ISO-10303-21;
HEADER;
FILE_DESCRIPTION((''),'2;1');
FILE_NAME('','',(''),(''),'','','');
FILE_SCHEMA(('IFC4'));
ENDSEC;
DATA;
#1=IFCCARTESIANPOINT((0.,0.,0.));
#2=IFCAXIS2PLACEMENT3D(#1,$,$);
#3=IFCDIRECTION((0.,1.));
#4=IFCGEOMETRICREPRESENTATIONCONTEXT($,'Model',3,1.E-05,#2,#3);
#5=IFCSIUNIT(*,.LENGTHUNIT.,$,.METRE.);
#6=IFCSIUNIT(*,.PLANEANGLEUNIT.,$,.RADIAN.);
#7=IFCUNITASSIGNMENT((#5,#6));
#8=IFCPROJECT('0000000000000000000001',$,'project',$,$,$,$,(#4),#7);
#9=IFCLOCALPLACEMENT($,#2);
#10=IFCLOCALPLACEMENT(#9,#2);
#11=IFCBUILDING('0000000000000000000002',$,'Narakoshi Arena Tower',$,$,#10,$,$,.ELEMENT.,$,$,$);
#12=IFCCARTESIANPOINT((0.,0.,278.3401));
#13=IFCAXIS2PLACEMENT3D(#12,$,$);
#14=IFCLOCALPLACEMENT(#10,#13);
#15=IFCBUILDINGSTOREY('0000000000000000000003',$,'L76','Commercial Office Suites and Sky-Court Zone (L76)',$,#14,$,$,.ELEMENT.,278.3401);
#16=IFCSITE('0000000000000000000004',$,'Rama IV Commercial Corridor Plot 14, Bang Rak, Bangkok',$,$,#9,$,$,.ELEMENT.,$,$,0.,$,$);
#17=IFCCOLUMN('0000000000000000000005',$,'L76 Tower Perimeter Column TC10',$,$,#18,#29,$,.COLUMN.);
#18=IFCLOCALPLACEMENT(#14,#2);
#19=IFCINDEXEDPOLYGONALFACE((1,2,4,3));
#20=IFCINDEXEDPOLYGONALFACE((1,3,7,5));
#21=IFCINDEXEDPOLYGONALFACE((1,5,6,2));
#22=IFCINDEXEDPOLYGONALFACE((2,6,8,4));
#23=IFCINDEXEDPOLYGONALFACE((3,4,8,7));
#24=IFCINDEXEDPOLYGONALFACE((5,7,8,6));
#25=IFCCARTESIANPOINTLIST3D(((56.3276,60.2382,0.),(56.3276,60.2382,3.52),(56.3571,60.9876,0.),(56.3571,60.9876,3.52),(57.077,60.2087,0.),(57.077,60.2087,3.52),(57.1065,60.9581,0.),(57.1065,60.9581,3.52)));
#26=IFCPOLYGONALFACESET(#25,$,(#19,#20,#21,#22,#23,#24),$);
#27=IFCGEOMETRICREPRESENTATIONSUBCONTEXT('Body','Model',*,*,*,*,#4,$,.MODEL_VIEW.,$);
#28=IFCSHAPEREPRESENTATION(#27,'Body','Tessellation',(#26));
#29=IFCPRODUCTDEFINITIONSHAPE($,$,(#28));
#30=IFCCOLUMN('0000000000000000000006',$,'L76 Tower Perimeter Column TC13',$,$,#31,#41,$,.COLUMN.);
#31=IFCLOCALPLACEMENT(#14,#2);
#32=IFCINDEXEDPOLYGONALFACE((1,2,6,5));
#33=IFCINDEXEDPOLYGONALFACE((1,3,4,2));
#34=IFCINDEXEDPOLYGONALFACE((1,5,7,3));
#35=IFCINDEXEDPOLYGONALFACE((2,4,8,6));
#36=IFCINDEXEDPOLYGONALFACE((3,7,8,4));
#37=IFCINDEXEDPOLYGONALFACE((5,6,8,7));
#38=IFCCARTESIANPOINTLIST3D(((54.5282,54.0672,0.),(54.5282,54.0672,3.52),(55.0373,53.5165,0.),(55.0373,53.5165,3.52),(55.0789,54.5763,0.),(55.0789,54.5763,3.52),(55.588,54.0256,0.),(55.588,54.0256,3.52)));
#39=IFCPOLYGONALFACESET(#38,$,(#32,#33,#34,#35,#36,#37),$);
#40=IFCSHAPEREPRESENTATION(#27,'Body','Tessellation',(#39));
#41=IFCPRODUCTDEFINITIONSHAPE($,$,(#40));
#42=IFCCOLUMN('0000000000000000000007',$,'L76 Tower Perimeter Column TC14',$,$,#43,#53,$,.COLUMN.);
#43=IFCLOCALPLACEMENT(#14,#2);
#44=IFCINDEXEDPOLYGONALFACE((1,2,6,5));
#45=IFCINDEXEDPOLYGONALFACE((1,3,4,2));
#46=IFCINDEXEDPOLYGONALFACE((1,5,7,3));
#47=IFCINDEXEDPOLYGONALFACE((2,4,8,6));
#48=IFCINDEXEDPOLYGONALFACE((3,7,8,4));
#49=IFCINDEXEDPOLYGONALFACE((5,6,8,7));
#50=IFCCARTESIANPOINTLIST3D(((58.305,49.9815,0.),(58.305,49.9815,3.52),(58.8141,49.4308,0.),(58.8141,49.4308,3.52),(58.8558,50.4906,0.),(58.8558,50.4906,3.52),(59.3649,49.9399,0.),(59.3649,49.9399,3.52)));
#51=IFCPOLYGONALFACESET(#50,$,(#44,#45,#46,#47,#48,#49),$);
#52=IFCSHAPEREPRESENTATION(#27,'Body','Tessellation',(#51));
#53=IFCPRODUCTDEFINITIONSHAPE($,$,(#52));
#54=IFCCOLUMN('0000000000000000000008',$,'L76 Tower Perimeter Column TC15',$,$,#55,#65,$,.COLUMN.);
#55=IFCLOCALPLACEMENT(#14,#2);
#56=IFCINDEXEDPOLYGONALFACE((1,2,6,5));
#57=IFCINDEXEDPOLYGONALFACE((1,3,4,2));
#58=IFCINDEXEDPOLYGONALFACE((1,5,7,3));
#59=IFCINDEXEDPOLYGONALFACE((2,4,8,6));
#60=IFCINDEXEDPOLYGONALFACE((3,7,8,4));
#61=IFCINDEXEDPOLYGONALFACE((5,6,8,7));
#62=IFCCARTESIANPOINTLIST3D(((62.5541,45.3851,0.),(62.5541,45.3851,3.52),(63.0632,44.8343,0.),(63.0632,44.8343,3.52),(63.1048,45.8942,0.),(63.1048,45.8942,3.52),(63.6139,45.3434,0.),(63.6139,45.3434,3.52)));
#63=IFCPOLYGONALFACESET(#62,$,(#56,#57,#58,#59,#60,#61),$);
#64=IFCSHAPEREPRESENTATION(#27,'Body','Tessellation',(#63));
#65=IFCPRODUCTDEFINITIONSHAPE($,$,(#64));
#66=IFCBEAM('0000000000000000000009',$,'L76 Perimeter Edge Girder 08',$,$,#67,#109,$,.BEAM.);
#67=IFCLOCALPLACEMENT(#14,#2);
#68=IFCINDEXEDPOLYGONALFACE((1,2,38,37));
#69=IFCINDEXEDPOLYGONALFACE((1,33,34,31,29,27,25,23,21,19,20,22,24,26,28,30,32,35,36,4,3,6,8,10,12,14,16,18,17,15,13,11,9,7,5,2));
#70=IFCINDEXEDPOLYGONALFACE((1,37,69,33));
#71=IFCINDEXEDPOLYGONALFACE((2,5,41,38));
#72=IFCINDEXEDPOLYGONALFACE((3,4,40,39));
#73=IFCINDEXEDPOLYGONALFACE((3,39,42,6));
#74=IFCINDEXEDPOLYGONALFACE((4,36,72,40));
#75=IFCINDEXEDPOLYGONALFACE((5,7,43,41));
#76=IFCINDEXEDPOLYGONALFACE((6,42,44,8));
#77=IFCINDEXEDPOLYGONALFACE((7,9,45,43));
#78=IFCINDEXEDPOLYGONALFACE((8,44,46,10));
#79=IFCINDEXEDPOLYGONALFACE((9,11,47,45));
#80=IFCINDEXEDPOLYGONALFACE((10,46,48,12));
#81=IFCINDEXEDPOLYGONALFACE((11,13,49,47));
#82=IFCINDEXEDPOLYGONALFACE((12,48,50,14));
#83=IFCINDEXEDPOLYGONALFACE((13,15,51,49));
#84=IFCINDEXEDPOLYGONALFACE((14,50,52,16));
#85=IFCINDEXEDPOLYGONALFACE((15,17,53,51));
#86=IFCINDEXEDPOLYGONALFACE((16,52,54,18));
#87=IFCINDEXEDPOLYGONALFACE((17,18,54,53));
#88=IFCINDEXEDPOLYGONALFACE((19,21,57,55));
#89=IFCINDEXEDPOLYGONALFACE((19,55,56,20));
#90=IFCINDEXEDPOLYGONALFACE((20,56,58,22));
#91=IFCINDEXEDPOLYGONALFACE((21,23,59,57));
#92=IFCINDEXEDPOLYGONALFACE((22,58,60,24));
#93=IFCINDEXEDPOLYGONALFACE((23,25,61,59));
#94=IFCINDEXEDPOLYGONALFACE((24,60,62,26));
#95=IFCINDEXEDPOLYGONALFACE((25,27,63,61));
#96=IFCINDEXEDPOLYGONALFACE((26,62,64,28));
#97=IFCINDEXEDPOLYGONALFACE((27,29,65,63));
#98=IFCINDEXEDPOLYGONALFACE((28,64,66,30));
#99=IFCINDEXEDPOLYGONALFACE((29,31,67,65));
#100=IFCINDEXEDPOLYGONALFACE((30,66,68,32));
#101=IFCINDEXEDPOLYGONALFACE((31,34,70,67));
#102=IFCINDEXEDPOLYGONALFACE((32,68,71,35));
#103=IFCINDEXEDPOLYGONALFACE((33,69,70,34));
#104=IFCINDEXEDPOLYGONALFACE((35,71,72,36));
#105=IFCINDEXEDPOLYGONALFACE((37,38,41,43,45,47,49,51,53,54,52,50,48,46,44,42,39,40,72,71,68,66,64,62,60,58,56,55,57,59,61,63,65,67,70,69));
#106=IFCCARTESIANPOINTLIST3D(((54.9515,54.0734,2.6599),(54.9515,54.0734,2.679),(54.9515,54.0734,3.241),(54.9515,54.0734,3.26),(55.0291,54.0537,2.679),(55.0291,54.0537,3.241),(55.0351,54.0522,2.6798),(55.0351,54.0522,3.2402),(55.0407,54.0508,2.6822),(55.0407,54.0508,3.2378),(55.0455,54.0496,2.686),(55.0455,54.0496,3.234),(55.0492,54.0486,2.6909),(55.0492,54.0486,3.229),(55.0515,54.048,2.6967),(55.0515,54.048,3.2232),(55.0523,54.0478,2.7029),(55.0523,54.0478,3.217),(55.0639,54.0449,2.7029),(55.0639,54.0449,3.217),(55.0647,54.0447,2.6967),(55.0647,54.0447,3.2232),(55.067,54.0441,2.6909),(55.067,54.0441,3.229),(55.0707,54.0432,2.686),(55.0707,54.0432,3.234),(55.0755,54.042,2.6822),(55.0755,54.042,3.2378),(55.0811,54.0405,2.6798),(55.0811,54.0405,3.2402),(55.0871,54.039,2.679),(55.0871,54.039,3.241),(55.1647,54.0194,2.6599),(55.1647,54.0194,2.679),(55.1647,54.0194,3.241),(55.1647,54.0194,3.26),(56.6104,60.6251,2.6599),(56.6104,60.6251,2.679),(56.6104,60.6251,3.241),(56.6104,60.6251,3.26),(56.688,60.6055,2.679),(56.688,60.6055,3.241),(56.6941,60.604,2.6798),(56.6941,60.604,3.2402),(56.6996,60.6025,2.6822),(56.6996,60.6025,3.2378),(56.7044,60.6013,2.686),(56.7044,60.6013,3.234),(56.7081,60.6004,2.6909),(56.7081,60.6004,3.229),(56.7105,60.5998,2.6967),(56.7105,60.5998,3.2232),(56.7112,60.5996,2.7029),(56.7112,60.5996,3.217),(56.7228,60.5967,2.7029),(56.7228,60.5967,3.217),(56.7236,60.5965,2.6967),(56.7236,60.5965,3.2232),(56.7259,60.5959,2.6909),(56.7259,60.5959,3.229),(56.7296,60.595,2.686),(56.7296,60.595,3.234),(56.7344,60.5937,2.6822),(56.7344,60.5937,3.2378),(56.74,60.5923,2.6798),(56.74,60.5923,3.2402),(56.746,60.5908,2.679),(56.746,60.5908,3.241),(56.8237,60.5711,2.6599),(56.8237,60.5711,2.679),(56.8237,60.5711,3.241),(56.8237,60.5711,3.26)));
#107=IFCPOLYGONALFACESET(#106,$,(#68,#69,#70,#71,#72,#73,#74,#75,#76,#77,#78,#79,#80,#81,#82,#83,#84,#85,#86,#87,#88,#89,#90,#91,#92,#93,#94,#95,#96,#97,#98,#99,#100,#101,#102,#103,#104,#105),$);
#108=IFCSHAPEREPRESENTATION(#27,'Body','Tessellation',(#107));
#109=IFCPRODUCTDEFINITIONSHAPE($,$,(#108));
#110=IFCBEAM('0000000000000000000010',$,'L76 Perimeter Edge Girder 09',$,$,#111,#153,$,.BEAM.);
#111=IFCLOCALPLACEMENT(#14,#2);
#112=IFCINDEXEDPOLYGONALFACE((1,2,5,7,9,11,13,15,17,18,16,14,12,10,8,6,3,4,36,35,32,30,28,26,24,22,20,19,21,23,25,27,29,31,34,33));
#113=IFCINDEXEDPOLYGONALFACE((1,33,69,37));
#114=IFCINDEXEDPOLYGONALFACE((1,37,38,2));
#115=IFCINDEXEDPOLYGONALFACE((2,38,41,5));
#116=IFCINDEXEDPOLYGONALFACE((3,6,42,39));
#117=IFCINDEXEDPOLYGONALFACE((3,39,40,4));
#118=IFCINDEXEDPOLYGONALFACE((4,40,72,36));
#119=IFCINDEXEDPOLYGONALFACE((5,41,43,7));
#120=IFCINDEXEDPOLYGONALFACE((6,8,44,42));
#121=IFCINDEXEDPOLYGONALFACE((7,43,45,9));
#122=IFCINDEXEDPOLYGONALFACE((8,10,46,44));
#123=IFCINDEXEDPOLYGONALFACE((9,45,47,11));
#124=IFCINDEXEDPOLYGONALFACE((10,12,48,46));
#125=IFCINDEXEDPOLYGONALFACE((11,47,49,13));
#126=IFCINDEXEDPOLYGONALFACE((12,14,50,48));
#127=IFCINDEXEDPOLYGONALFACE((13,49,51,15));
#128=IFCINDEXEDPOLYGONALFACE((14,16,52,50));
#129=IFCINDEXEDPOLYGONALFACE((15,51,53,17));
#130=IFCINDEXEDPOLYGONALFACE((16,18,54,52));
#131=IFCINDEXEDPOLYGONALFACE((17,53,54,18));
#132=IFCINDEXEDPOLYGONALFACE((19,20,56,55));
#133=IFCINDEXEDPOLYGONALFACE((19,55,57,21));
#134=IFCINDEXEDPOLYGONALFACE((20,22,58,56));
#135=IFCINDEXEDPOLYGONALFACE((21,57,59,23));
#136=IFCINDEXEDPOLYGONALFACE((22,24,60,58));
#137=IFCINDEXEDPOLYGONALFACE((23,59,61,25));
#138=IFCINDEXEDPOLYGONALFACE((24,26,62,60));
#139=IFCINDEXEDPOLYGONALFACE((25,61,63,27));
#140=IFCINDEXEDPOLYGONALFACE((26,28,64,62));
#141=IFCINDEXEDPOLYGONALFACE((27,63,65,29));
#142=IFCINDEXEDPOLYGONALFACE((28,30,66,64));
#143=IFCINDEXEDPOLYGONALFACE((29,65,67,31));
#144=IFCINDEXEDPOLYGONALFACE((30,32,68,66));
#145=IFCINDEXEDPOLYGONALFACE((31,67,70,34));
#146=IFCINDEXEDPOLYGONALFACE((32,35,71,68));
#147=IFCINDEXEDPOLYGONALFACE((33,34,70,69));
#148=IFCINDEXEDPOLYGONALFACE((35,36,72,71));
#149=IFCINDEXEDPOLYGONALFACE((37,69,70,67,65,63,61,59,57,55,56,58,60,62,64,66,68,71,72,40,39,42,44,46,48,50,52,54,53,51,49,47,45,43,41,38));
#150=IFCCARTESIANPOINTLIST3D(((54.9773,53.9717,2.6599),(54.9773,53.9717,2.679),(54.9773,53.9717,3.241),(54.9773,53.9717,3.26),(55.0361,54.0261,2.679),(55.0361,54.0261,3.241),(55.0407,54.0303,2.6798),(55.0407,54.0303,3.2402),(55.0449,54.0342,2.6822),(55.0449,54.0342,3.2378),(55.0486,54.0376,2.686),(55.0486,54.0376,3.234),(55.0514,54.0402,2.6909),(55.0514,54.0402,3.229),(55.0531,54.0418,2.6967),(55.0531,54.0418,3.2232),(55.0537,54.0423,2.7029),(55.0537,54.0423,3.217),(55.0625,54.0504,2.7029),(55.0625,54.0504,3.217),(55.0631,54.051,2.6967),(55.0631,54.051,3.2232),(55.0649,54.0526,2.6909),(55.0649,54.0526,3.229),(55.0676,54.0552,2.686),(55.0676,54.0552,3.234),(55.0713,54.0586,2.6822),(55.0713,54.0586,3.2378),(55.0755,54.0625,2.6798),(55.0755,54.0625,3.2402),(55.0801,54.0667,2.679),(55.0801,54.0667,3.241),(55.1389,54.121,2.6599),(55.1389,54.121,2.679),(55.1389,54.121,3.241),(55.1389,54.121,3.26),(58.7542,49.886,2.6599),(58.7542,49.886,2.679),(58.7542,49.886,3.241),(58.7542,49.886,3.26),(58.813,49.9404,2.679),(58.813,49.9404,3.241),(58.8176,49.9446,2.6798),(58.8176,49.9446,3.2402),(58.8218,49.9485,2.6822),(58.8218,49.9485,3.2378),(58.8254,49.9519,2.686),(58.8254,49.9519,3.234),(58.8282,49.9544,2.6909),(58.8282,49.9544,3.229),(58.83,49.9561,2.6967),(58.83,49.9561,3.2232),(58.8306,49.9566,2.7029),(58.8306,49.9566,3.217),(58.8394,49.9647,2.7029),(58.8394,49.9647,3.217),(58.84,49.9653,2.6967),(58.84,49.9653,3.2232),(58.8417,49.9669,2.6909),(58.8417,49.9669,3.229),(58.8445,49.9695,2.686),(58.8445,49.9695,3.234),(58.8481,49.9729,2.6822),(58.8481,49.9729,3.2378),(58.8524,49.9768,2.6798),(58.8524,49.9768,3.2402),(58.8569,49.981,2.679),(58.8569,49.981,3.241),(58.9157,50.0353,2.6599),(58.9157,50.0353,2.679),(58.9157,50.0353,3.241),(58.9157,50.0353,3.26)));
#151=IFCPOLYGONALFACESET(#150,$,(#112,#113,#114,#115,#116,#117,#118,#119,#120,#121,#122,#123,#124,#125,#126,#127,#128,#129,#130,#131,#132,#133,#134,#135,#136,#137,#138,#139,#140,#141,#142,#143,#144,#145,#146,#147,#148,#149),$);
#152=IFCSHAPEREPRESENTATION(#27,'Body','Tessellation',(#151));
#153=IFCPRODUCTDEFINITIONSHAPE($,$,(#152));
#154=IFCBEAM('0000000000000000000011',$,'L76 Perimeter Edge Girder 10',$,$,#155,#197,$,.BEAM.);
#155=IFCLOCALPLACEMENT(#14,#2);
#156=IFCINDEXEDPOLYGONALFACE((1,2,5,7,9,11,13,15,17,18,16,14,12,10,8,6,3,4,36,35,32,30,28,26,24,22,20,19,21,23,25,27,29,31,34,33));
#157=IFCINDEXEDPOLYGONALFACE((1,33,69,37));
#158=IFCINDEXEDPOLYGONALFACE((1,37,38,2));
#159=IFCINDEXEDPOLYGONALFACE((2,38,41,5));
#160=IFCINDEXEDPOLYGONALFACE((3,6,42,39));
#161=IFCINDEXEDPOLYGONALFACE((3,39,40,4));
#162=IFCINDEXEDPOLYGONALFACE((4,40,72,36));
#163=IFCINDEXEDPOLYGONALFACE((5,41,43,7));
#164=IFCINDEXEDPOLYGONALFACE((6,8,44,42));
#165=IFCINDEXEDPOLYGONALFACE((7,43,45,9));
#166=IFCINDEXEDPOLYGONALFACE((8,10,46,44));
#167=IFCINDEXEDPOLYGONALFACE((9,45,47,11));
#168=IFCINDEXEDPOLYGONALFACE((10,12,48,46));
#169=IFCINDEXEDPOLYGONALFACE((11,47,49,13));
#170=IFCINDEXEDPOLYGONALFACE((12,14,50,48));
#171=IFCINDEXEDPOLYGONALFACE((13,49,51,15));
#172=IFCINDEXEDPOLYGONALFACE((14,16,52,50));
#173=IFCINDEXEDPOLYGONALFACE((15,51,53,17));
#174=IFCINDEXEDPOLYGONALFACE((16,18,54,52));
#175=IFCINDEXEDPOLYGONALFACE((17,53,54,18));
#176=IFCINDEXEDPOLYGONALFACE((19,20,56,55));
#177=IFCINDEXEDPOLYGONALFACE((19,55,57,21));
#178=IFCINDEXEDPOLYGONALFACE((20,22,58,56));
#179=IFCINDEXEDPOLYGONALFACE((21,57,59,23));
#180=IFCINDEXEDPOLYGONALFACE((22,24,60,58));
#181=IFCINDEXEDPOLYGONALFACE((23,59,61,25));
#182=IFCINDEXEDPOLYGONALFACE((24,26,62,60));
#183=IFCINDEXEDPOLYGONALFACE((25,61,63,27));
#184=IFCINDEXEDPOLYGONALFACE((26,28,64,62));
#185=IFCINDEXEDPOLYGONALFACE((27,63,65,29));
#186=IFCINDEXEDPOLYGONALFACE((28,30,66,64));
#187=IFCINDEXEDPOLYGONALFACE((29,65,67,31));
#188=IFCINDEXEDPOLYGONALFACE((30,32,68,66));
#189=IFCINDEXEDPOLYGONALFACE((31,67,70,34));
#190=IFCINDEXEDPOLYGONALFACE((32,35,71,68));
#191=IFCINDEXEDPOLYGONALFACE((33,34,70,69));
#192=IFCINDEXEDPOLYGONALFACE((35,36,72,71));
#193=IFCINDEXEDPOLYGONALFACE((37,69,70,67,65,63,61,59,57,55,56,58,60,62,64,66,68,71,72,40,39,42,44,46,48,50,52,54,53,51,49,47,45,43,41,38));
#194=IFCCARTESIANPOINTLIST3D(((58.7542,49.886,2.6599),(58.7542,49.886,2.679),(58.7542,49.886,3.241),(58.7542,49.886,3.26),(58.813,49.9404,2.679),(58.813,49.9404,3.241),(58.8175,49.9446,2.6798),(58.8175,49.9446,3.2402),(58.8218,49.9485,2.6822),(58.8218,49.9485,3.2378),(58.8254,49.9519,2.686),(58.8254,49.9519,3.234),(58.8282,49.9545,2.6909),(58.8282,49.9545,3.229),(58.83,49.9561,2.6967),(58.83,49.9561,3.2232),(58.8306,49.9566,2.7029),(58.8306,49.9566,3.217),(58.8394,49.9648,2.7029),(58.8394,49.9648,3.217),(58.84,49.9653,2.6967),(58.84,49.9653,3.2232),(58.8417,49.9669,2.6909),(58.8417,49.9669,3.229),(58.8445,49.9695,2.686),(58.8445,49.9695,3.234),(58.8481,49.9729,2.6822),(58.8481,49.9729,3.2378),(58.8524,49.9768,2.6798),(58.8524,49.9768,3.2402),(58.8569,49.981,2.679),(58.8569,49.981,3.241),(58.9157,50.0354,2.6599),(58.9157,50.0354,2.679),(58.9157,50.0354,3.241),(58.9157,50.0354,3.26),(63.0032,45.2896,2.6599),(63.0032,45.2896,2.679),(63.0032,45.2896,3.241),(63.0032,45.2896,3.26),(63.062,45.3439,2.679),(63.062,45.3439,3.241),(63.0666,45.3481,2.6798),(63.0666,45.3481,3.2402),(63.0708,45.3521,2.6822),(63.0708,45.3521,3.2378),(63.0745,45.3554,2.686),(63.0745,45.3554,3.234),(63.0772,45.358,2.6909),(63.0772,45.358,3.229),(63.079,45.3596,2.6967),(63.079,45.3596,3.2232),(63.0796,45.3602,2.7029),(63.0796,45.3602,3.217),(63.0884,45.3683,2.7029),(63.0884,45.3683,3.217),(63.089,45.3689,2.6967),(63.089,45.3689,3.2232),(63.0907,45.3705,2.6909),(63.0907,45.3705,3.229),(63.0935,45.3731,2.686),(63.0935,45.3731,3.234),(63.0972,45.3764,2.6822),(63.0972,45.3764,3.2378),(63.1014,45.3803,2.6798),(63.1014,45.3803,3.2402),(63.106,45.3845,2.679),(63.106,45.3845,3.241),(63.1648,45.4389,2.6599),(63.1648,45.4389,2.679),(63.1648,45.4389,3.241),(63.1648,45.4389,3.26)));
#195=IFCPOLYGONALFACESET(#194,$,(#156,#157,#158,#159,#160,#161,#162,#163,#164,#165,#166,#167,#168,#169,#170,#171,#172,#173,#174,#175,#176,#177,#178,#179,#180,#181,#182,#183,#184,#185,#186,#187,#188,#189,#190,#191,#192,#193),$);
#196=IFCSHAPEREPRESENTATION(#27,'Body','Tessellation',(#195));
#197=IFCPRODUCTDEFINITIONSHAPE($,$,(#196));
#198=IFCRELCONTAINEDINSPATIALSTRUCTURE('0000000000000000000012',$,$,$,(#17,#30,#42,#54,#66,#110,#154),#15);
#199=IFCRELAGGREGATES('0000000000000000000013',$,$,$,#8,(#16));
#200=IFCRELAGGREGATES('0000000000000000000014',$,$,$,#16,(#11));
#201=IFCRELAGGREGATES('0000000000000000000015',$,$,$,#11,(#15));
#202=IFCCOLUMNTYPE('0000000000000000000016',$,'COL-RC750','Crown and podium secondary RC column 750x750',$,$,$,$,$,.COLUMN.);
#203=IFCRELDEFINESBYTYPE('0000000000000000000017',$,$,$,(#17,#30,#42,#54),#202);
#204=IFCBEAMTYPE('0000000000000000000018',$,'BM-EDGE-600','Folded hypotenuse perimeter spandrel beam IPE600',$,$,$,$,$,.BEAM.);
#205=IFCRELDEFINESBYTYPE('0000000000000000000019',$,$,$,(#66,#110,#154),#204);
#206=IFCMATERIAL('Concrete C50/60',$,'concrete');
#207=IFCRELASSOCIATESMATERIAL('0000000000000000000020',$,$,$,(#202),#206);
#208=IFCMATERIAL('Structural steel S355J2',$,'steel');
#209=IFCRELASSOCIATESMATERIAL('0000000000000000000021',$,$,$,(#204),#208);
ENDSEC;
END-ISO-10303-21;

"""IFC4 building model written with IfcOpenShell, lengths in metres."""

from ifc_helpers import new_model, si_unit, direction, frame, origin, origin_2d, place, context, subcontext, project, spatial, rectangle, i_section, extrude, material, material_profile, profile_set, type_object, element, save


model = new_model("IFC4")

# Units and contexts
model_context = context("Model", 3, precision=1e-05, world=origin(), true_north=direction((0.0, 1.0)))
body_context = subcontext(model_context, "Body", "Model", "MODEL_VIEW")
ifc_project = project(units=[si_unit("LENGTHUNIT", "METRE"), si_unit("PLANEANGLEUNIT", "RADIAN")], contexts=[model_context])

# Site, building, storey
site_placement = place(None, origin())
site = spatial("IfcSite", under=ifc_project, at=site_placement, Name="Rama IV Commercial Corridor Plot 14, Bang Rak, Bangkok", CompositionType="ELEMENT", RefElevation=0.0)
building_placement = place(site_placement, origin())
building = spatial("IfcBuilding", under=site, at=building_placement, Name="Narakoshi Arena Tower", CompositionType="ELEMENT")
storey_placement = place(building_placement, frame((0.0, 0.0, 278.3401)))
storey = spatial("IfcBuildingStorey", under=building, at=storey_placement, Name="L76", Description="Commercial Office Suites and Sky-Court Zone (L76)", CompositionType="ELEMENT", Elevation=278.3401)

# Columns
ifc_material_1 = material(Name="Concrete C50/60", Category="concrete")
ifc_material_profile_1 = material_profile(ifc_material_1, rectangle(XDim=0.75, YDim=0.75, at=origin_2d()), Name="RC750x750")
ifc_profile_set_1 = profile_set([ifc_material_profile_1], Name="Concrete C50/60")
column_type = type_object("IfcColumnType", Name="COL-RC750", Description="Crown and podium secondary RC column 750x750", PredefinedType="COLUMN", material=ifc_profile_set_1)
for number, where, z_axis, x_axis, name in (
    (1, (56.717, 60.5981, 0.0), (0.0, 0.0, 1.0), (0.03926, 0.999229, 0.0), "L76 Tower Perimeter Column TC10"),
    (2, (55.0581, 54.0464, 0.0), (0.0, 0.0, 1.0), (-0.678801, 0.734323, 0.0), "L76 Tower Perimeter Column TC13"),
    (3, (58.835, 49.9607, 0.0), (0.0, 0.0, 1.0), (-0.678801, 0.734323, 0.0), "L76 Tower Perimeter Column TC14"),
    (4, (63.084, 45.3643, 0.0), (0.0, 0.0, 1.0), (-0.678801, 0.734323, 0.0), "L76 Tower Perimeter Column TC15"),
):
    element("IfcColumn", number, at=place(storey_placement, frame(where, z_axis=z_axis, x_axis=x_axis)), inside=storey, type_object=column_type, Name=name, PredefinedType="COLUMN", context=body_context, shape_type="SweptSolid", body=[
        extrude(rectangle(XDim=0.75, YDim=0.75, at=origin_2d()), origin(), (0.0, 0.0, 1.0), 3.52),
    ])

# Beams
ifc_material_2 = material(Name="Structural steel S355J2", Category="steel")
ifc_material_profile_2 = material_profile(ifc_material_2, i_section(OverallWidth=0.22, OverallDepth=0.6001, WebThickness=0.012, FlangeThickness=0.019, FilletRadius=0.0239, at=origin_2d()), Name="IPE600")
ifc_profile_set_2 = profile_set([ifc_material_profile_2], Name="Structural steel S355J2")
beam_type_1 = type_object("IfcBeamType", Name="BM-EDGE-600", Description="Folded hypotenuse perimeter spandrel beam IPE600", PredefinedType="BEAM", material=ifc_profile_set_2)
beam_1_placement = place(storey_placement, frame((56.717, 60.5981, 2.96), z_axis=(-0.245458, -0.969407, 0.0), x_axis=(0.969407, -0.245458, 0.0)))
element("IfcBeam", 5, at=beam_1_placement, inside=storey, type_object=beam_type_1, Name="L76 Perimeter Edge Girder 08", PredefinedType="BEAM", context=body_context, shape_type="SweptSolid", body=[
    extrude(i_section(OverallWidth=0.22, OverallDepth=0.6001, WebThickness=0.012, FlangeThickness=0.019, FilletRadius=0.0239, at=origin_2d()), origin(), (0.0, 0.0, 1.0), 6.7585),
])
beam_2_placement = place(storey_placement, frame((55.0581, 54.0464, 2.96), z_axis=(0.678808, -0.734315, 0.0), x_axis=(0.734315, 0.678808, 0.0)))
element("IfcBeam", 6, at=beam_2_placement, inside=storey, type_object=beam_type_1, Name="L76 Perimeter Edge Girder 09", PredefinedType="BEAM", context=body_context, shape_type="SweptSolid", body=[
    extrude(i_section(OverallWidth=0.22, OverallDepth=0.6001, WebThickness=0.012, FlangeThickness=0.019, FilletRadius=0.0239, at=origin_2d()), origin(), (0.0, 0.0, 1.0), 5.564),
])
beam_3_placement = place(storey_placement, frame((58.835, 49.9607, 2.96), z_axis=(0.678811, -0.734313, 0.0), x_axis=(0.734313, 0.678811, 0.0)))
element("IfcBeam", 7, at=beam_3_placement, inside=storey, type_object=beam_type_1, Name="L76 Perimeter Edge Girder 10", PredefinedType="BEAM", context=body_context, shape_type="SweptSolid", body=[
    extrude(i_section(OverallWidth=0.22, OverallDepth=0.6001, WebThickness=0.012, FlangeThickness=0.019, FilletRadius=0.0239, at=origin_2d()), origin(), (0.0, 0.0, 1.0), 6.2595),
])

save(model, "model.ifc")
